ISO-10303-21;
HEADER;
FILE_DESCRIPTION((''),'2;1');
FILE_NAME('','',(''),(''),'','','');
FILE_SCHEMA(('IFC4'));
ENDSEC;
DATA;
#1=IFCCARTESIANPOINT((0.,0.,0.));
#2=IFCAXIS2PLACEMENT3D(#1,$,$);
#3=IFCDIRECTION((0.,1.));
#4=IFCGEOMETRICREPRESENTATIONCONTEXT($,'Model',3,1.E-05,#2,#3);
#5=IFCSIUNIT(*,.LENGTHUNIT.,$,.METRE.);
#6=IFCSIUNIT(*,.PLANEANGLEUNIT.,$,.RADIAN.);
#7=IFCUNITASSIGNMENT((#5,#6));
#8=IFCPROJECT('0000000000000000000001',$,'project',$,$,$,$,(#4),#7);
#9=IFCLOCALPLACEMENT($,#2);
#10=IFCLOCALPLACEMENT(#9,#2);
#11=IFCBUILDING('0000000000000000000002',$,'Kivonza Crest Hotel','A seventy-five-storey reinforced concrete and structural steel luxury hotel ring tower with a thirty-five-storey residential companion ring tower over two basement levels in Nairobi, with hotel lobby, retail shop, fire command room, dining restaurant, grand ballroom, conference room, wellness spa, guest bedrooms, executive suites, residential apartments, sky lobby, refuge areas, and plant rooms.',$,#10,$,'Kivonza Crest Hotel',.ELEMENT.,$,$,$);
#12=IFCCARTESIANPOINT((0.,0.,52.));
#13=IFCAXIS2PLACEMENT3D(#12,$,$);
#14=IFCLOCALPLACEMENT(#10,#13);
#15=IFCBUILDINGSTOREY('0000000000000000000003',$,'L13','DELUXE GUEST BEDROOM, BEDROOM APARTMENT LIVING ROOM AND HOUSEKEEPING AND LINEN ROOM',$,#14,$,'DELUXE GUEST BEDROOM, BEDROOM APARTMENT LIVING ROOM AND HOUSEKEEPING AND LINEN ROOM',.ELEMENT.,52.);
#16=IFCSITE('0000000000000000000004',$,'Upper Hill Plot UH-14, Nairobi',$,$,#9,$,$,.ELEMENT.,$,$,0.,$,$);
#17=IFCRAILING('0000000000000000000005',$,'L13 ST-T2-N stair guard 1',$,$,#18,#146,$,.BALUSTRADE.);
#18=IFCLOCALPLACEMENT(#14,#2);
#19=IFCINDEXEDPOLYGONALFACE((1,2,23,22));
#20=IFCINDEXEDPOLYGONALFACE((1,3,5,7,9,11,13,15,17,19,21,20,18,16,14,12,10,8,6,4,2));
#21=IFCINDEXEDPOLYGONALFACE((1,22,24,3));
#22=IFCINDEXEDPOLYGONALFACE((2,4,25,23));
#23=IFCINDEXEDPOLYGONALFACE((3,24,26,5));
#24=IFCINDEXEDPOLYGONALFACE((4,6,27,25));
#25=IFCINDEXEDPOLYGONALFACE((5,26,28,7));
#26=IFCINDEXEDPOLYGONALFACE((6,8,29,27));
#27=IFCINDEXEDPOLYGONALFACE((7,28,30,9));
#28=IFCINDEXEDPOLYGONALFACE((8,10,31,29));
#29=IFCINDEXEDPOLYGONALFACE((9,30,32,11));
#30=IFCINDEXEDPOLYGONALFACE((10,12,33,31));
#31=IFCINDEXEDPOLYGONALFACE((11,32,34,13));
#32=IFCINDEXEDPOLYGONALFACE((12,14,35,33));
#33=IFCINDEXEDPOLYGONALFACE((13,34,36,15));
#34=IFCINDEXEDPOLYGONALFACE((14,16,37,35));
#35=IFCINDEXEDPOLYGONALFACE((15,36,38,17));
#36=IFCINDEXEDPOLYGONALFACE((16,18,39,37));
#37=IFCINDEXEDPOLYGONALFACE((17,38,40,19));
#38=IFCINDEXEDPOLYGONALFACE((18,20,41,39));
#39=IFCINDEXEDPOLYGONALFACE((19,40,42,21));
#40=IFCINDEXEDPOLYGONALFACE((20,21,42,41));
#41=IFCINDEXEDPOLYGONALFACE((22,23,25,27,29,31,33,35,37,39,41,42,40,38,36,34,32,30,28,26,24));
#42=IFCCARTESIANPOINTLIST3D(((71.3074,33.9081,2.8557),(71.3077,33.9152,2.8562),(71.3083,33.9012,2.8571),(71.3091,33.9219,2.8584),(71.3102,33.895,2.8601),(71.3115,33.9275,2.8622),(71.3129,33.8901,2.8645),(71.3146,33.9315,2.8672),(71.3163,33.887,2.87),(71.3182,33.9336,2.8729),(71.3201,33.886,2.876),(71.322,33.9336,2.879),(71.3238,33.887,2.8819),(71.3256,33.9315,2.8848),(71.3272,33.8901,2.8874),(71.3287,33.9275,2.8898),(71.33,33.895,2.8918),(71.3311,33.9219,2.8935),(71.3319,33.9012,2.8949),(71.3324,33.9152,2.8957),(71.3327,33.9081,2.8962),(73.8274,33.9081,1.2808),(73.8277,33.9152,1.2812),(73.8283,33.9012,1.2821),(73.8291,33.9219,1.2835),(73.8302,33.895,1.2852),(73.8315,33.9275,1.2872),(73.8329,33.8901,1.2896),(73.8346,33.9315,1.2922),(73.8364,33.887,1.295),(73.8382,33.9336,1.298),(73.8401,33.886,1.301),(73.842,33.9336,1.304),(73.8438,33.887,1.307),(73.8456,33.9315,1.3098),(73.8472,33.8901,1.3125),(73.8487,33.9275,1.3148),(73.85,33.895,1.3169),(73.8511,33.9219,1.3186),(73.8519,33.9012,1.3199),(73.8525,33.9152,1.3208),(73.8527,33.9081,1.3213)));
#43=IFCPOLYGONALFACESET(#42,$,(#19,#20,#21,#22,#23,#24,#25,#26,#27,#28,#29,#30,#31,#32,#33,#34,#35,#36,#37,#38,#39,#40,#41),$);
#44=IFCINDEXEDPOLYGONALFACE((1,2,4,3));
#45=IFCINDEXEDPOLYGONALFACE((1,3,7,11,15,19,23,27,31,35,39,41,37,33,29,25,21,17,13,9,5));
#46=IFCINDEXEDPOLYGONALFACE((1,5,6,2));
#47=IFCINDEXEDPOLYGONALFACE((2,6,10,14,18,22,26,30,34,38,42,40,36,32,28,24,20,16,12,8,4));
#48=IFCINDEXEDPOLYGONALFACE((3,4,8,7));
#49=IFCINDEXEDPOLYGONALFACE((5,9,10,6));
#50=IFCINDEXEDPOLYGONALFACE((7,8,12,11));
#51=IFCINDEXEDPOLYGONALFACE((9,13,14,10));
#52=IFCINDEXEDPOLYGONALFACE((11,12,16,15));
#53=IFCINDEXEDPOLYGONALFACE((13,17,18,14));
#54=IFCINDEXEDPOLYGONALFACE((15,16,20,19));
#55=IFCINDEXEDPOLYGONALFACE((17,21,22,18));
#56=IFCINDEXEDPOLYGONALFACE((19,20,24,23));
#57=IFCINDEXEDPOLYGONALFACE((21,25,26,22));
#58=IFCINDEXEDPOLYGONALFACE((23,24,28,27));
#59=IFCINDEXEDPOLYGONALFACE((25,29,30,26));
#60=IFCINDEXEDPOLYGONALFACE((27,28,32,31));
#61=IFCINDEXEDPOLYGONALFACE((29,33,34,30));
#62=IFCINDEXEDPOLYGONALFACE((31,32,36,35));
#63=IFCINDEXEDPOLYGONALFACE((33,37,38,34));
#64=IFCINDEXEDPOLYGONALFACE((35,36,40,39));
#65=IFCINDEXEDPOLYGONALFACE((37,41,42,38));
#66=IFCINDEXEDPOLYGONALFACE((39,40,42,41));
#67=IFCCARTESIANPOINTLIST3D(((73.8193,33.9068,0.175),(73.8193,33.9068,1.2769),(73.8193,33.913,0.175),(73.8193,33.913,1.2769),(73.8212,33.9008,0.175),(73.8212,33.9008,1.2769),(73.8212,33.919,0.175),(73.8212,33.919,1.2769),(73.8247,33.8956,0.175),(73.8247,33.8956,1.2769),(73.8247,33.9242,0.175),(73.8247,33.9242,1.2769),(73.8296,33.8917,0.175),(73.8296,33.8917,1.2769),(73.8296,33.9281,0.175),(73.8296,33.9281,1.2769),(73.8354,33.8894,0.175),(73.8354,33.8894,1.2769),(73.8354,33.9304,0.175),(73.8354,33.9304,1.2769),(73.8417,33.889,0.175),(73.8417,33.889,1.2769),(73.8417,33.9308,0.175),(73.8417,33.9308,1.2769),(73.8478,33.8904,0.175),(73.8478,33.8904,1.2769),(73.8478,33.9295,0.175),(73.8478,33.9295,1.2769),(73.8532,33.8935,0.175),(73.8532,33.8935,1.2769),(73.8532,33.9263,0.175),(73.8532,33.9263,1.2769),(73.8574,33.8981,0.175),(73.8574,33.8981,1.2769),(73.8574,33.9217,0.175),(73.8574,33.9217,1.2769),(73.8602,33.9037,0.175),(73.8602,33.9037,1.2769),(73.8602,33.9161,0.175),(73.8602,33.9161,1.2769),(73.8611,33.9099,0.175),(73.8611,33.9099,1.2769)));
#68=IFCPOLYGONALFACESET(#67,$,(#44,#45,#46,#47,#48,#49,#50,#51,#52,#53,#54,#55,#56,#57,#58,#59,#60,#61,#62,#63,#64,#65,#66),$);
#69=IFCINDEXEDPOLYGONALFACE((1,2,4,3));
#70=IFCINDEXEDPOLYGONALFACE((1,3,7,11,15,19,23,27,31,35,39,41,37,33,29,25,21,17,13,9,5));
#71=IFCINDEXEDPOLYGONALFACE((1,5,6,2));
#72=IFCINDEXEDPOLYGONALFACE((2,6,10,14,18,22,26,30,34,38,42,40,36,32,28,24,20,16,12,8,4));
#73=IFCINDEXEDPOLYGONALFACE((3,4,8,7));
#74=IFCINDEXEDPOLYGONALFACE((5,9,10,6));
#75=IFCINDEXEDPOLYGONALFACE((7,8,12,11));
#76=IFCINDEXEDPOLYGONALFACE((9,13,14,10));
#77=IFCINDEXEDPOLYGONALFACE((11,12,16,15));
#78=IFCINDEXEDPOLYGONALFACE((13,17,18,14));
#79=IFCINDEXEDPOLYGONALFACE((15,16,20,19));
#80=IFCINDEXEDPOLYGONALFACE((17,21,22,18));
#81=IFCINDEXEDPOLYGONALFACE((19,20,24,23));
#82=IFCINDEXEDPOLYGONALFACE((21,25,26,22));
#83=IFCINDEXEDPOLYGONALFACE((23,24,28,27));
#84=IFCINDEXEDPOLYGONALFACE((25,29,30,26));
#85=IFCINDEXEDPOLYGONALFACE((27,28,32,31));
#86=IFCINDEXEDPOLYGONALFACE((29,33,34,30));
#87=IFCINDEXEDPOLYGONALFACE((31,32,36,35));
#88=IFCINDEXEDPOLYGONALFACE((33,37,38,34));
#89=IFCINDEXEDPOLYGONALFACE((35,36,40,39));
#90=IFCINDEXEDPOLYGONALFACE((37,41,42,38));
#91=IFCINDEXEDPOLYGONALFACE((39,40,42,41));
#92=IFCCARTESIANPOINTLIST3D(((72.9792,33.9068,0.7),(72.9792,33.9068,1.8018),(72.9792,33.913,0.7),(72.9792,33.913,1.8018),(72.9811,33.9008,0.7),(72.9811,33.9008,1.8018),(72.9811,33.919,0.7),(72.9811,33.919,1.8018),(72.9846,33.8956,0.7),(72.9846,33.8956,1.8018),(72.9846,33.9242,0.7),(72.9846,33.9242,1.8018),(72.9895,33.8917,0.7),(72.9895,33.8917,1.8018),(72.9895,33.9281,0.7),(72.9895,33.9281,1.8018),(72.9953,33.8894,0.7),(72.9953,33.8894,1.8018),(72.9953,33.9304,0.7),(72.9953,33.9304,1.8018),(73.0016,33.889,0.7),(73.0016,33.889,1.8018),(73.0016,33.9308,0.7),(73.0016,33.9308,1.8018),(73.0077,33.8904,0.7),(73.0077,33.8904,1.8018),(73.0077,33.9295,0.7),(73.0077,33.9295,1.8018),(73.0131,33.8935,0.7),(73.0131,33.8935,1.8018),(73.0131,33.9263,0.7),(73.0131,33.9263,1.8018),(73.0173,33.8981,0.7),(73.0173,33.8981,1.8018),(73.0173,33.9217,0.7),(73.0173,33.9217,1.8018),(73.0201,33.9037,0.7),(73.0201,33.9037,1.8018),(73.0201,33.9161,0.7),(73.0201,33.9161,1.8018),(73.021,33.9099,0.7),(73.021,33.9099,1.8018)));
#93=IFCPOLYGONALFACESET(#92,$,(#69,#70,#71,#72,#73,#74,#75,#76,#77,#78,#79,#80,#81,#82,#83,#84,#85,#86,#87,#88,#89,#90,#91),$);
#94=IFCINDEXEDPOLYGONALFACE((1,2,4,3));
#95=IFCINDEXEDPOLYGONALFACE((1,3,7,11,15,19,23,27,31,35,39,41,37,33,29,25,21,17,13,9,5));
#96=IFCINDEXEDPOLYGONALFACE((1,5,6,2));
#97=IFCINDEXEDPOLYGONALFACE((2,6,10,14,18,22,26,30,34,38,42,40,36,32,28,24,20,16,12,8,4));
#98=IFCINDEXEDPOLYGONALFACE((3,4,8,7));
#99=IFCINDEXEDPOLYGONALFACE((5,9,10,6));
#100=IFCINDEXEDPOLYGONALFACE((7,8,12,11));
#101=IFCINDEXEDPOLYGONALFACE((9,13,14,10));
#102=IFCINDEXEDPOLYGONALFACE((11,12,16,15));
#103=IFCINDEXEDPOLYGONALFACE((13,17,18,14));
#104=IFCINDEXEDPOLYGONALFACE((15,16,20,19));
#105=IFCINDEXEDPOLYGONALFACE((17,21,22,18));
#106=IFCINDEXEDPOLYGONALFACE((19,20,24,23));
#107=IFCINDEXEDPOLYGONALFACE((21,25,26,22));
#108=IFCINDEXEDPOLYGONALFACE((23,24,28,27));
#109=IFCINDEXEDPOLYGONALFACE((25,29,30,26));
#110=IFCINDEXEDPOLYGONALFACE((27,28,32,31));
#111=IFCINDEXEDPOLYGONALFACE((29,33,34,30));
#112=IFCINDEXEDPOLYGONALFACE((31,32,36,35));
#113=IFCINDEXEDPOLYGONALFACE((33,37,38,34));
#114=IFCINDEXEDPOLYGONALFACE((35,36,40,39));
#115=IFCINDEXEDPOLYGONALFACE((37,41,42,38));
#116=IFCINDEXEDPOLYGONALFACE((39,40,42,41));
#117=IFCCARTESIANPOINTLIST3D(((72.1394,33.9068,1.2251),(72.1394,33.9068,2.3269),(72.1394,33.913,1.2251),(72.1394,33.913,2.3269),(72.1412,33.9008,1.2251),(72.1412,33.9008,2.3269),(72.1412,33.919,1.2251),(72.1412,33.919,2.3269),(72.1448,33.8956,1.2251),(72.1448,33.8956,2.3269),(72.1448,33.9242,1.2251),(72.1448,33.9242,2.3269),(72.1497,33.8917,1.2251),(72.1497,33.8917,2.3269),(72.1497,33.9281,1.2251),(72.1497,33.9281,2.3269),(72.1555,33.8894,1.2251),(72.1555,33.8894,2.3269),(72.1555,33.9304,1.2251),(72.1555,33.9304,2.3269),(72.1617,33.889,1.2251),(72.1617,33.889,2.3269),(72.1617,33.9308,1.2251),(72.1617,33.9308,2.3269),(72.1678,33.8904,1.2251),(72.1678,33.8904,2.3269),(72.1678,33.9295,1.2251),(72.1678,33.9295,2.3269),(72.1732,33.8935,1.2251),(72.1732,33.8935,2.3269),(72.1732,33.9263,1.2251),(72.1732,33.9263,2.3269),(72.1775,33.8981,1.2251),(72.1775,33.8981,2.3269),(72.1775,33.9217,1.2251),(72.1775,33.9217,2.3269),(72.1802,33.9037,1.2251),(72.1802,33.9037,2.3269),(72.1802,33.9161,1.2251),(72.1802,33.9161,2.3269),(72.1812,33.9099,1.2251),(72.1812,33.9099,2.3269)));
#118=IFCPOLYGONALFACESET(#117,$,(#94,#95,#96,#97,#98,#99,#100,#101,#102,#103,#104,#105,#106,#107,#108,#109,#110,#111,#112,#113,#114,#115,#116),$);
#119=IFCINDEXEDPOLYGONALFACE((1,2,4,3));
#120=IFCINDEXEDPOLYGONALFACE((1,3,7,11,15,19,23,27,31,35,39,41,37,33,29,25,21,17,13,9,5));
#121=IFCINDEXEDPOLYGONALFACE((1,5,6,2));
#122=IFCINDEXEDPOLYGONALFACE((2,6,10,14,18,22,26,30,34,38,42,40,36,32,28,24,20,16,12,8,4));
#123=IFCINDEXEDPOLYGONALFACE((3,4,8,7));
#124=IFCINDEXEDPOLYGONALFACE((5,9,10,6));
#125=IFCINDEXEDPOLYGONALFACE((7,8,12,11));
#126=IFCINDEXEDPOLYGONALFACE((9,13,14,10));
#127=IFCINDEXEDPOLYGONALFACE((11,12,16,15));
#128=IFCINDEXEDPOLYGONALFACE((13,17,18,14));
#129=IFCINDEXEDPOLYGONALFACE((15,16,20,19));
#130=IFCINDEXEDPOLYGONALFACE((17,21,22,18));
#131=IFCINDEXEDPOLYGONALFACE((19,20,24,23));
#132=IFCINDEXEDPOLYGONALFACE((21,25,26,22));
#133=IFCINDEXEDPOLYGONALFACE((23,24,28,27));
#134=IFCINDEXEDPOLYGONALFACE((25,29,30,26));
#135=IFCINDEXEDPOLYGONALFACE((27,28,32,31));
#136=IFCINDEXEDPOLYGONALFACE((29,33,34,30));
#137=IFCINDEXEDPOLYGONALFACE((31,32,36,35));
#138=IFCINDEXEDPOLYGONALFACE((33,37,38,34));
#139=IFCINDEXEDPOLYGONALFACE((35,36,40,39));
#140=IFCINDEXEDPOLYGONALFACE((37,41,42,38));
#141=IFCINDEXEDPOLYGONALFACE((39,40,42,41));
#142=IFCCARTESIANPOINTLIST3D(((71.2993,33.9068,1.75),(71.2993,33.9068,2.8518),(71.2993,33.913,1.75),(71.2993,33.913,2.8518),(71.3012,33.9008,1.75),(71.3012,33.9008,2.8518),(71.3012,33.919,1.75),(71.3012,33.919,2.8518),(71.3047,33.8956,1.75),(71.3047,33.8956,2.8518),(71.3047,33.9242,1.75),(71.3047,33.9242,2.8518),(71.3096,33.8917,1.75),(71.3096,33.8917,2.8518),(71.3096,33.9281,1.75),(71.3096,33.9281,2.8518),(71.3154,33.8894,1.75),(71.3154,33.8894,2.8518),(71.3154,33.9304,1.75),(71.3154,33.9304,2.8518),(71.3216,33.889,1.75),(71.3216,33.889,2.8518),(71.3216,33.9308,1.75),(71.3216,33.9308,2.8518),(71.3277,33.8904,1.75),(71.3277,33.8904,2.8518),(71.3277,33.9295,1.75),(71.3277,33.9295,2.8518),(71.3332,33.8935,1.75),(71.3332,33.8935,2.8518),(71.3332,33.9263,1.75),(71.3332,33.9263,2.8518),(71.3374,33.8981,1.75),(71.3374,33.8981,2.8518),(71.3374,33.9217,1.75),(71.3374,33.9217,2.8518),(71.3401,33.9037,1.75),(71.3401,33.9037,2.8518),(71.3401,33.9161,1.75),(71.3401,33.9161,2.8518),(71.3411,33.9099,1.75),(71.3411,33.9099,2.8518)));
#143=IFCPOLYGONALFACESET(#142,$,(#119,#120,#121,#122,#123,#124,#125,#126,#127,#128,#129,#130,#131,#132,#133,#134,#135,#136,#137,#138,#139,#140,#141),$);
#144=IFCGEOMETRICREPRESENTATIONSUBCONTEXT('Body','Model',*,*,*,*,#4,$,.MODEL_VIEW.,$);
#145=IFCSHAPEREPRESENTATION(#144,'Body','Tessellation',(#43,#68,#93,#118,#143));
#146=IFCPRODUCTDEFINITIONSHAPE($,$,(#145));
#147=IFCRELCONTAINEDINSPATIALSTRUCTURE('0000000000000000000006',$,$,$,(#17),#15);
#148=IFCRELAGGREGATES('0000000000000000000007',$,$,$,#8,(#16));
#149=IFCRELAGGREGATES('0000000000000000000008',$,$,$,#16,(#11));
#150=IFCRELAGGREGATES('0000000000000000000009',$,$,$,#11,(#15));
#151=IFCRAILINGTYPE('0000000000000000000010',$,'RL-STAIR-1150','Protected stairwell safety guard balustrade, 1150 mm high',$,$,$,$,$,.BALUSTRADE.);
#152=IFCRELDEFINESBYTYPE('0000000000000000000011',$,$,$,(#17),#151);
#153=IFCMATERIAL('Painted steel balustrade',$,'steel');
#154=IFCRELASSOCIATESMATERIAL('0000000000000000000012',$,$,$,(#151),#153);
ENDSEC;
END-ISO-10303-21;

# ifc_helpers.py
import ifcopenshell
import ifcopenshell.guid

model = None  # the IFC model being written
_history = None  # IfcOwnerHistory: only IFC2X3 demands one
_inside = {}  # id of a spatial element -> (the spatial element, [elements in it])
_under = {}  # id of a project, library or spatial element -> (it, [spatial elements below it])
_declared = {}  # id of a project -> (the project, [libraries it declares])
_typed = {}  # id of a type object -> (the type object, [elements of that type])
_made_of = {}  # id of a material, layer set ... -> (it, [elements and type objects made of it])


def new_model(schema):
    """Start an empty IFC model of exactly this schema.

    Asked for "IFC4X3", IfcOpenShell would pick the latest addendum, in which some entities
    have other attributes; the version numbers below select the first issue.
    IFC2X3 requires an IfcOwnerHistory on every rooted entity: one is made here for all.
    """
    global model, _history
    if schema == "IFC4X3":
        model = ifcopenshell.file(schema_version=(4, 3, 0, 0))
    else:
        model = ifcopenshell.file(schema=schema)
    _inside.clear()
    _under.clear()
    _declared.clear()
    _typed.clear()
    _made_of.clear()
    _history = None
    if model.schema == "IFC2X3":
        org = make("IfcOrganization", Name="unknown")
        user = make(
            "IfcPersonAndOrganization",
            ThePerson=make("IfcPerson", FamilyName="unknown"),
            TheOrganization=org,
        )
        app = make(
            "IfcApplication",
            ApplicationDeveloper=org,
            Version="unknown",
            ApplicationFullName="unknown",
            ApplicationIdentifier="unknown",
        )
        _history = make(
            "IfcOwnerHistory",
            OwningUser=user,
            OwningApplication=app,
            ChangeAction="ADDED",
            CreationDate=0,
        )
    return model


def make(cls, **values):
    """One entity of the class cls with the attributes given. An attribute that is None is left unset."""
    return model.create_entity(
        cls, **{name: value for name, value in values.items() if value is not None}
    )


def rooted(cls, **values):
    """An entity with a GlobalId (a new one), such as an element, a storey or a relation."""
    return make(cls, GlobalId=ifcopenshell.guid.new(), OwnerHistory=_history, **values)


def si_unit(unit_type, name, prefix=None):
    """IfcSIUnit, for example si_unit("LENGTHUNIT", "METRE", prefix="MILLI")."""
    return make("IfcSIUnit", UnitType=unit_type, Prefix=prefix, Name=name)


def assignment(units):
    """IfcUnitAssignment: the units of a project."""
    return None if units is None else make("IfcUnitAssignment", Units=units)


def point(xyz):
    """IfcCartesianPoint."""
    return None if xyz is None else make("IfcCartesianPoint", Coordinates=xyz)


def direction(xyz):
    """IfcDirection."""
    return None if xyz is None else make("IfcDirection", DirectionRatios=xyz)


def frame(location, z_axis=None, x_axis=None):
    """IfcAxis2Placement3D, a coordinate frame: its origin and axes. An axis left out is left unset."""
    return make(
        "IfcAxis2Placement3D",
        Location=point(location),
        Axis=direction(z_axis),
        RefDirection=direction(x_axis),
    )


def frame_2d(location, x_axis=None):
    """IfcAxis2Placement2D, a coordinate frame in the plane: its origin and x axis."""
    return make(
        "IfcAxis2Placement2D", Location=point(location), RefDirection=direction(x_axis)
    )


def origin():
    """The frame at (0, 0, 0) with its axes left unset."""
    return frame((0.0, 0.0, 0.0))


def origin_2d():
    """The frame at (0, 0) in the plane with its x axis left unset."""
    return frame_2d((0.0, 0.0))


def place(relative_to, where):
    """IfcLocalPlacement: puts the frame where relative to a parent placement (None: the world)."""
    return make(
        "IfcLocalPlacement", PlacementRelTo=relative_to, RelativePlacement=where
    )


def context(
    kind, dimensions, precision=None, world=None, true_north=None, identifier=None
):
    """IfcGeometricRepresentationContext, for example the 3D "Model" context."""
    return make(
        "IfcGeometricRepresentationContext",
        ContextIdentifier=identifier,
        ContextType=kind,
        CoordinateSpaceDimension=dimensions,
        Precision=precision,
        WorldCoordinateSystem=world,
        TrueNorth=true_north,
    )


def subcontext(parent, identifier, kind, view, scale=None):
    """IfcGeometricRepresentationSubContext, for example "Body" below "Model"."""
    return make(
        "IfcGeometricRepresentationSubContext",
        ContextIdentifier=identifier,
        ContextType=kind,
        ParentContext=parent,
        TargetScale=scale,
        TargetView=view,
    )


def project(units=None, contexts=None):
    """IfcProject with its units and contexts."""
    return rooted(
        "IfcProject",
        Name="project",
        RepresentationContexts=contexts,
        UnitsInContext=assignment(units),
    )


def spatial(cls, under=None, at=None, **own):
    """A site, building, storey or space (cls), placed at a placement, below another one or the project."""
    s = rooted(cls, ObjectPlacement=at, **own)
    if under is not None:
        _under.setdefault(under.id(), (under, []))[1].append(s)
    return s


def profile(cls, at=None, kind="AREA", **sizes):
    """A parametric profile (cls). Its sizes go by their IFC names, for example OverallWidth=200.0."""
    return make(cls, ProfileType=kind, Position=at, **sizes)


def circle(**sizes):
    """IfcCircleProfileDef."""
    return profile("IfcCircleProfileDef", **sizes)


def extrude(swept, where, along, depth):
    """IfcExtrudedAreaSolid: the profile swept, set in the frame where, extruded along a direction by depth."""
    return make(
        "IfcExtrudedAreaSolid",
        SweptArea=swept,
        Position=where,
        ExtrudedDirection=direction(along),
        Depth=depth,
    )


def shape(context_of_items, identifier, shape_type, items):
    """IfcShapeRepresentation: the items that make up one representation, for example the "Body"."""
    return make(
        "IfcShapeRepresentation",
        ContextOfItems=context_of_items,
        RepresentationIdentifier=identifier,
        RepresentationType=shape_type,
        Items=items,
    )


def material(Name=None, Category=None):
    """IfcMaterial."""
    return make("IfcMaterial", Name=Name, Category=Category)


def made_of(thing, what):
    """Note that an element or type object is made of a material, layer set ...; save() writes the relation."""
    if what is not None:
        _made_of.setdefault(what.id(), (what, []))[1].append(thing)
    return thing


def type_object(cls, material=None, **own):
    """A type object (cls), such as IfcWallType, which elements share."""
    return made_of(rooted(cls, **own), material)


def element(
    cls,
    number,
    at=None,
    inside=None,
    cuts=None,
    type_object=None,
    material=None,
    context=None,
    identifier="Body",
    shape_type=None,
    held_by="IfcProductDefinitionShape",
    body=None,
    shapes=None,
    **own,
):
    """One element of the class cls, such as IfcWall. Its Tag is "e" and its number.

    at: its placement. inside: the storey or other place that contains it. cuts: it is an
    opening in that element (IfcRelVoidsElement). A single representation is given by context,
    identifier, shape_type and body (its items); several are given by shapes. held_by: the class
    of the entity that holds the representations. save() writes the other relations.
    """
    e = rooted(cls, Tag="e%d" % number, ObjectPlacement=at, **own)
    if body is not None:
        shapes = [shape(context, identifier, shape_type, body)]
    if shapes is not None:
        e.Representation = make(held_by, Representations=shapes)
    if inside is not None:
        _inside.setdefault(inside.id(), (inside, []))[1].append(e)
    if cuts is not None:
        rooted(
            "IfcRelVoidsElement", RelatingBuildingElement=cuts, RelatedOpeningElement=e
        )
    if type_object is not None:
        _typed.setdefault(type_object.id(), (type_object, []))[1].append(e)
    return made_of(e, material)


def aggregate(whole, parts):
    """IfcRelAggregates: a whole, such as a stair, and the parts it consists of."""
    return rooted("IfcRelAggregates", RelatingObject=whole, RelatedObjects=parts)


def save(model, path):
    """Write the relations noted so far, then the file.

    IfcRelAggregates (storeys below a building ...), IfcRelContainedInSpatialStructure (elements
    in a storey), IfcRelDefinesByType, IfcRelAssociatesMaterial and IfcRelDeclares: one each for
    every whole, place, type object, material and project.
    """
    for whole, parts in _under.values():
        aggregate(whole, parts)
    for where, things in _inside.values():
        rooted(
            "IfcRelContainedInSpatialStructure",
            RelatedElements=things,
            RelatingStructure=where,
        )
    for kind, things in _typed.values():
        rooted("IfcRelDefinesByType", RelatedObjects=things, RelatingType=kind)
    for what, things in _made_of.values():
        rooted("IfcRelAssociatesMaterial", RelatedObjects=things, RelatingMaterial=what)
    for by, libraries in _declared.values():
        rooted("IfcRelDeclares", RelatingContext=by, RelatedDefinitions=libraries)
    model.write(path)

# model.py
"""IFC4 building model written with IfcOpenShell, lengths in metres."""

from ifc_helpers import new_model, si_unit, direction, frame, origin, origin_2d, place, context, subcontext, project, spatial, circle, extrude, material, type_object, element, save


model = new_model("IFC4")

# Units and contexts
model_context = context("Model", 3, precision=1e-05, world=origin(), true_north=direction((0.0, 1.0)))
body_context = subcontext(model_context, "Body", "Model", "MODEL_VIEW")
ifc_project = project(units=[si_unit("LENGTHUNIT", "METRE"), si_unit("PLANEANGLEUNIT", "RADIAN")], contexts=[model_context])

# Site, building, storey
site_placement = place(None, origin())
site = spatial("IfcSite", under=ifc_project, at=site_placement, Name="Upper Hill Plot UH-14, Nairobi", CompositionType="ELEMENT", RefElevation=0.0)
building_placement = place(site_placement, origin())
building = spatial("IfcBuilding", under=site, at=building_placement, Name="Kivonza Crest Hotel", Description="A seventy-five-storey reinforced concrete and structural steel luxury hotel ring tower with a thirty-five-storey residential companion ring tower over two basement levels in Nairobi, with hotel lobby, retail shop, fire command room, dining restaurant, grand ballroom, conference room, wellness spa, guest bedrooms, executive suites, residential apartments, sky lobby, refuge areas, and plant rooms.", LongName="Kivonza Crest Hotel", CompositionType="ELEMENT")
storey_placement = place(building_placement, frame((0.0, 0.0, 52.0)))
storey = spatial("IfcBuildingStorey", under=building, at=storey_placement, Name="L13", Description="DELUXE GUEST BEDROOM, BEDROOM APARTMENT LIVING ROOM AND HOUSEKEEPING AND LINEN ROOM", LongName="DELUXE GUEST BEDROOM, BEDROOM APARTMENT LIVING ROOM AND HOUSEKEEPING AND LINEN ROOM", CompositionType="ELEMENT", Elevation=52.0)

# Railing
ifc_material_1 = material(Name="Painted steel balustrade", Category="steel")
railing_type_1 = type_object("IfcRailingType", Name="RL-STAIR-1150", Description="Protected stairwell safety guard balustrade, 1150 mm high", PredefinedType="BALUSTRADE", material=ifc_material_1)
railing_1_placement = place(storey_placement, frame((73.8401, 33.9099, 0.175)))
element("IfcRailing", 1, at=railing_1_placement, inside=storey, type_object=railing_type_1, Name="L13 ST-T2-N stair guard 1", PredefinedType="BALUSTRADE", context=body_context, shape_type="SweptSolid", body=[
    extrude(circle(Radius=0.0239, at=origin_2d()), frame((0.0, 0.0, 1.126), z_axis=(-0.848008, 0.0, 0.529984), x_axis=(0.0, -1.0, 0.0)), (0.0, 0.0, 1.0), 2.9717),
    extrude(circle(Radius=0.021, at=origin_2d()), origin(), (0.0, 0.0, 1.0), 1.1018),
    extrude(circle(Radius=0.021, at=origin_2d()), frame((-0.8401, 0.0, 0.5249)), (0.0, 0.0, 1.0), 1.1018),
    extrude(circle(Radius=0.021, at=origin_2d()), frame((-1.6799, 0.0, 1.05)), (0.0, 0.0, 1.0), 1.1018),
    extrude(circle(Radius=0.021, at=origin_2d()), frame((-2.52, 0.0, 1.575)), (0.0, 0.0, 1.0), 1.1018),
])

save(model, "model.ifc")
